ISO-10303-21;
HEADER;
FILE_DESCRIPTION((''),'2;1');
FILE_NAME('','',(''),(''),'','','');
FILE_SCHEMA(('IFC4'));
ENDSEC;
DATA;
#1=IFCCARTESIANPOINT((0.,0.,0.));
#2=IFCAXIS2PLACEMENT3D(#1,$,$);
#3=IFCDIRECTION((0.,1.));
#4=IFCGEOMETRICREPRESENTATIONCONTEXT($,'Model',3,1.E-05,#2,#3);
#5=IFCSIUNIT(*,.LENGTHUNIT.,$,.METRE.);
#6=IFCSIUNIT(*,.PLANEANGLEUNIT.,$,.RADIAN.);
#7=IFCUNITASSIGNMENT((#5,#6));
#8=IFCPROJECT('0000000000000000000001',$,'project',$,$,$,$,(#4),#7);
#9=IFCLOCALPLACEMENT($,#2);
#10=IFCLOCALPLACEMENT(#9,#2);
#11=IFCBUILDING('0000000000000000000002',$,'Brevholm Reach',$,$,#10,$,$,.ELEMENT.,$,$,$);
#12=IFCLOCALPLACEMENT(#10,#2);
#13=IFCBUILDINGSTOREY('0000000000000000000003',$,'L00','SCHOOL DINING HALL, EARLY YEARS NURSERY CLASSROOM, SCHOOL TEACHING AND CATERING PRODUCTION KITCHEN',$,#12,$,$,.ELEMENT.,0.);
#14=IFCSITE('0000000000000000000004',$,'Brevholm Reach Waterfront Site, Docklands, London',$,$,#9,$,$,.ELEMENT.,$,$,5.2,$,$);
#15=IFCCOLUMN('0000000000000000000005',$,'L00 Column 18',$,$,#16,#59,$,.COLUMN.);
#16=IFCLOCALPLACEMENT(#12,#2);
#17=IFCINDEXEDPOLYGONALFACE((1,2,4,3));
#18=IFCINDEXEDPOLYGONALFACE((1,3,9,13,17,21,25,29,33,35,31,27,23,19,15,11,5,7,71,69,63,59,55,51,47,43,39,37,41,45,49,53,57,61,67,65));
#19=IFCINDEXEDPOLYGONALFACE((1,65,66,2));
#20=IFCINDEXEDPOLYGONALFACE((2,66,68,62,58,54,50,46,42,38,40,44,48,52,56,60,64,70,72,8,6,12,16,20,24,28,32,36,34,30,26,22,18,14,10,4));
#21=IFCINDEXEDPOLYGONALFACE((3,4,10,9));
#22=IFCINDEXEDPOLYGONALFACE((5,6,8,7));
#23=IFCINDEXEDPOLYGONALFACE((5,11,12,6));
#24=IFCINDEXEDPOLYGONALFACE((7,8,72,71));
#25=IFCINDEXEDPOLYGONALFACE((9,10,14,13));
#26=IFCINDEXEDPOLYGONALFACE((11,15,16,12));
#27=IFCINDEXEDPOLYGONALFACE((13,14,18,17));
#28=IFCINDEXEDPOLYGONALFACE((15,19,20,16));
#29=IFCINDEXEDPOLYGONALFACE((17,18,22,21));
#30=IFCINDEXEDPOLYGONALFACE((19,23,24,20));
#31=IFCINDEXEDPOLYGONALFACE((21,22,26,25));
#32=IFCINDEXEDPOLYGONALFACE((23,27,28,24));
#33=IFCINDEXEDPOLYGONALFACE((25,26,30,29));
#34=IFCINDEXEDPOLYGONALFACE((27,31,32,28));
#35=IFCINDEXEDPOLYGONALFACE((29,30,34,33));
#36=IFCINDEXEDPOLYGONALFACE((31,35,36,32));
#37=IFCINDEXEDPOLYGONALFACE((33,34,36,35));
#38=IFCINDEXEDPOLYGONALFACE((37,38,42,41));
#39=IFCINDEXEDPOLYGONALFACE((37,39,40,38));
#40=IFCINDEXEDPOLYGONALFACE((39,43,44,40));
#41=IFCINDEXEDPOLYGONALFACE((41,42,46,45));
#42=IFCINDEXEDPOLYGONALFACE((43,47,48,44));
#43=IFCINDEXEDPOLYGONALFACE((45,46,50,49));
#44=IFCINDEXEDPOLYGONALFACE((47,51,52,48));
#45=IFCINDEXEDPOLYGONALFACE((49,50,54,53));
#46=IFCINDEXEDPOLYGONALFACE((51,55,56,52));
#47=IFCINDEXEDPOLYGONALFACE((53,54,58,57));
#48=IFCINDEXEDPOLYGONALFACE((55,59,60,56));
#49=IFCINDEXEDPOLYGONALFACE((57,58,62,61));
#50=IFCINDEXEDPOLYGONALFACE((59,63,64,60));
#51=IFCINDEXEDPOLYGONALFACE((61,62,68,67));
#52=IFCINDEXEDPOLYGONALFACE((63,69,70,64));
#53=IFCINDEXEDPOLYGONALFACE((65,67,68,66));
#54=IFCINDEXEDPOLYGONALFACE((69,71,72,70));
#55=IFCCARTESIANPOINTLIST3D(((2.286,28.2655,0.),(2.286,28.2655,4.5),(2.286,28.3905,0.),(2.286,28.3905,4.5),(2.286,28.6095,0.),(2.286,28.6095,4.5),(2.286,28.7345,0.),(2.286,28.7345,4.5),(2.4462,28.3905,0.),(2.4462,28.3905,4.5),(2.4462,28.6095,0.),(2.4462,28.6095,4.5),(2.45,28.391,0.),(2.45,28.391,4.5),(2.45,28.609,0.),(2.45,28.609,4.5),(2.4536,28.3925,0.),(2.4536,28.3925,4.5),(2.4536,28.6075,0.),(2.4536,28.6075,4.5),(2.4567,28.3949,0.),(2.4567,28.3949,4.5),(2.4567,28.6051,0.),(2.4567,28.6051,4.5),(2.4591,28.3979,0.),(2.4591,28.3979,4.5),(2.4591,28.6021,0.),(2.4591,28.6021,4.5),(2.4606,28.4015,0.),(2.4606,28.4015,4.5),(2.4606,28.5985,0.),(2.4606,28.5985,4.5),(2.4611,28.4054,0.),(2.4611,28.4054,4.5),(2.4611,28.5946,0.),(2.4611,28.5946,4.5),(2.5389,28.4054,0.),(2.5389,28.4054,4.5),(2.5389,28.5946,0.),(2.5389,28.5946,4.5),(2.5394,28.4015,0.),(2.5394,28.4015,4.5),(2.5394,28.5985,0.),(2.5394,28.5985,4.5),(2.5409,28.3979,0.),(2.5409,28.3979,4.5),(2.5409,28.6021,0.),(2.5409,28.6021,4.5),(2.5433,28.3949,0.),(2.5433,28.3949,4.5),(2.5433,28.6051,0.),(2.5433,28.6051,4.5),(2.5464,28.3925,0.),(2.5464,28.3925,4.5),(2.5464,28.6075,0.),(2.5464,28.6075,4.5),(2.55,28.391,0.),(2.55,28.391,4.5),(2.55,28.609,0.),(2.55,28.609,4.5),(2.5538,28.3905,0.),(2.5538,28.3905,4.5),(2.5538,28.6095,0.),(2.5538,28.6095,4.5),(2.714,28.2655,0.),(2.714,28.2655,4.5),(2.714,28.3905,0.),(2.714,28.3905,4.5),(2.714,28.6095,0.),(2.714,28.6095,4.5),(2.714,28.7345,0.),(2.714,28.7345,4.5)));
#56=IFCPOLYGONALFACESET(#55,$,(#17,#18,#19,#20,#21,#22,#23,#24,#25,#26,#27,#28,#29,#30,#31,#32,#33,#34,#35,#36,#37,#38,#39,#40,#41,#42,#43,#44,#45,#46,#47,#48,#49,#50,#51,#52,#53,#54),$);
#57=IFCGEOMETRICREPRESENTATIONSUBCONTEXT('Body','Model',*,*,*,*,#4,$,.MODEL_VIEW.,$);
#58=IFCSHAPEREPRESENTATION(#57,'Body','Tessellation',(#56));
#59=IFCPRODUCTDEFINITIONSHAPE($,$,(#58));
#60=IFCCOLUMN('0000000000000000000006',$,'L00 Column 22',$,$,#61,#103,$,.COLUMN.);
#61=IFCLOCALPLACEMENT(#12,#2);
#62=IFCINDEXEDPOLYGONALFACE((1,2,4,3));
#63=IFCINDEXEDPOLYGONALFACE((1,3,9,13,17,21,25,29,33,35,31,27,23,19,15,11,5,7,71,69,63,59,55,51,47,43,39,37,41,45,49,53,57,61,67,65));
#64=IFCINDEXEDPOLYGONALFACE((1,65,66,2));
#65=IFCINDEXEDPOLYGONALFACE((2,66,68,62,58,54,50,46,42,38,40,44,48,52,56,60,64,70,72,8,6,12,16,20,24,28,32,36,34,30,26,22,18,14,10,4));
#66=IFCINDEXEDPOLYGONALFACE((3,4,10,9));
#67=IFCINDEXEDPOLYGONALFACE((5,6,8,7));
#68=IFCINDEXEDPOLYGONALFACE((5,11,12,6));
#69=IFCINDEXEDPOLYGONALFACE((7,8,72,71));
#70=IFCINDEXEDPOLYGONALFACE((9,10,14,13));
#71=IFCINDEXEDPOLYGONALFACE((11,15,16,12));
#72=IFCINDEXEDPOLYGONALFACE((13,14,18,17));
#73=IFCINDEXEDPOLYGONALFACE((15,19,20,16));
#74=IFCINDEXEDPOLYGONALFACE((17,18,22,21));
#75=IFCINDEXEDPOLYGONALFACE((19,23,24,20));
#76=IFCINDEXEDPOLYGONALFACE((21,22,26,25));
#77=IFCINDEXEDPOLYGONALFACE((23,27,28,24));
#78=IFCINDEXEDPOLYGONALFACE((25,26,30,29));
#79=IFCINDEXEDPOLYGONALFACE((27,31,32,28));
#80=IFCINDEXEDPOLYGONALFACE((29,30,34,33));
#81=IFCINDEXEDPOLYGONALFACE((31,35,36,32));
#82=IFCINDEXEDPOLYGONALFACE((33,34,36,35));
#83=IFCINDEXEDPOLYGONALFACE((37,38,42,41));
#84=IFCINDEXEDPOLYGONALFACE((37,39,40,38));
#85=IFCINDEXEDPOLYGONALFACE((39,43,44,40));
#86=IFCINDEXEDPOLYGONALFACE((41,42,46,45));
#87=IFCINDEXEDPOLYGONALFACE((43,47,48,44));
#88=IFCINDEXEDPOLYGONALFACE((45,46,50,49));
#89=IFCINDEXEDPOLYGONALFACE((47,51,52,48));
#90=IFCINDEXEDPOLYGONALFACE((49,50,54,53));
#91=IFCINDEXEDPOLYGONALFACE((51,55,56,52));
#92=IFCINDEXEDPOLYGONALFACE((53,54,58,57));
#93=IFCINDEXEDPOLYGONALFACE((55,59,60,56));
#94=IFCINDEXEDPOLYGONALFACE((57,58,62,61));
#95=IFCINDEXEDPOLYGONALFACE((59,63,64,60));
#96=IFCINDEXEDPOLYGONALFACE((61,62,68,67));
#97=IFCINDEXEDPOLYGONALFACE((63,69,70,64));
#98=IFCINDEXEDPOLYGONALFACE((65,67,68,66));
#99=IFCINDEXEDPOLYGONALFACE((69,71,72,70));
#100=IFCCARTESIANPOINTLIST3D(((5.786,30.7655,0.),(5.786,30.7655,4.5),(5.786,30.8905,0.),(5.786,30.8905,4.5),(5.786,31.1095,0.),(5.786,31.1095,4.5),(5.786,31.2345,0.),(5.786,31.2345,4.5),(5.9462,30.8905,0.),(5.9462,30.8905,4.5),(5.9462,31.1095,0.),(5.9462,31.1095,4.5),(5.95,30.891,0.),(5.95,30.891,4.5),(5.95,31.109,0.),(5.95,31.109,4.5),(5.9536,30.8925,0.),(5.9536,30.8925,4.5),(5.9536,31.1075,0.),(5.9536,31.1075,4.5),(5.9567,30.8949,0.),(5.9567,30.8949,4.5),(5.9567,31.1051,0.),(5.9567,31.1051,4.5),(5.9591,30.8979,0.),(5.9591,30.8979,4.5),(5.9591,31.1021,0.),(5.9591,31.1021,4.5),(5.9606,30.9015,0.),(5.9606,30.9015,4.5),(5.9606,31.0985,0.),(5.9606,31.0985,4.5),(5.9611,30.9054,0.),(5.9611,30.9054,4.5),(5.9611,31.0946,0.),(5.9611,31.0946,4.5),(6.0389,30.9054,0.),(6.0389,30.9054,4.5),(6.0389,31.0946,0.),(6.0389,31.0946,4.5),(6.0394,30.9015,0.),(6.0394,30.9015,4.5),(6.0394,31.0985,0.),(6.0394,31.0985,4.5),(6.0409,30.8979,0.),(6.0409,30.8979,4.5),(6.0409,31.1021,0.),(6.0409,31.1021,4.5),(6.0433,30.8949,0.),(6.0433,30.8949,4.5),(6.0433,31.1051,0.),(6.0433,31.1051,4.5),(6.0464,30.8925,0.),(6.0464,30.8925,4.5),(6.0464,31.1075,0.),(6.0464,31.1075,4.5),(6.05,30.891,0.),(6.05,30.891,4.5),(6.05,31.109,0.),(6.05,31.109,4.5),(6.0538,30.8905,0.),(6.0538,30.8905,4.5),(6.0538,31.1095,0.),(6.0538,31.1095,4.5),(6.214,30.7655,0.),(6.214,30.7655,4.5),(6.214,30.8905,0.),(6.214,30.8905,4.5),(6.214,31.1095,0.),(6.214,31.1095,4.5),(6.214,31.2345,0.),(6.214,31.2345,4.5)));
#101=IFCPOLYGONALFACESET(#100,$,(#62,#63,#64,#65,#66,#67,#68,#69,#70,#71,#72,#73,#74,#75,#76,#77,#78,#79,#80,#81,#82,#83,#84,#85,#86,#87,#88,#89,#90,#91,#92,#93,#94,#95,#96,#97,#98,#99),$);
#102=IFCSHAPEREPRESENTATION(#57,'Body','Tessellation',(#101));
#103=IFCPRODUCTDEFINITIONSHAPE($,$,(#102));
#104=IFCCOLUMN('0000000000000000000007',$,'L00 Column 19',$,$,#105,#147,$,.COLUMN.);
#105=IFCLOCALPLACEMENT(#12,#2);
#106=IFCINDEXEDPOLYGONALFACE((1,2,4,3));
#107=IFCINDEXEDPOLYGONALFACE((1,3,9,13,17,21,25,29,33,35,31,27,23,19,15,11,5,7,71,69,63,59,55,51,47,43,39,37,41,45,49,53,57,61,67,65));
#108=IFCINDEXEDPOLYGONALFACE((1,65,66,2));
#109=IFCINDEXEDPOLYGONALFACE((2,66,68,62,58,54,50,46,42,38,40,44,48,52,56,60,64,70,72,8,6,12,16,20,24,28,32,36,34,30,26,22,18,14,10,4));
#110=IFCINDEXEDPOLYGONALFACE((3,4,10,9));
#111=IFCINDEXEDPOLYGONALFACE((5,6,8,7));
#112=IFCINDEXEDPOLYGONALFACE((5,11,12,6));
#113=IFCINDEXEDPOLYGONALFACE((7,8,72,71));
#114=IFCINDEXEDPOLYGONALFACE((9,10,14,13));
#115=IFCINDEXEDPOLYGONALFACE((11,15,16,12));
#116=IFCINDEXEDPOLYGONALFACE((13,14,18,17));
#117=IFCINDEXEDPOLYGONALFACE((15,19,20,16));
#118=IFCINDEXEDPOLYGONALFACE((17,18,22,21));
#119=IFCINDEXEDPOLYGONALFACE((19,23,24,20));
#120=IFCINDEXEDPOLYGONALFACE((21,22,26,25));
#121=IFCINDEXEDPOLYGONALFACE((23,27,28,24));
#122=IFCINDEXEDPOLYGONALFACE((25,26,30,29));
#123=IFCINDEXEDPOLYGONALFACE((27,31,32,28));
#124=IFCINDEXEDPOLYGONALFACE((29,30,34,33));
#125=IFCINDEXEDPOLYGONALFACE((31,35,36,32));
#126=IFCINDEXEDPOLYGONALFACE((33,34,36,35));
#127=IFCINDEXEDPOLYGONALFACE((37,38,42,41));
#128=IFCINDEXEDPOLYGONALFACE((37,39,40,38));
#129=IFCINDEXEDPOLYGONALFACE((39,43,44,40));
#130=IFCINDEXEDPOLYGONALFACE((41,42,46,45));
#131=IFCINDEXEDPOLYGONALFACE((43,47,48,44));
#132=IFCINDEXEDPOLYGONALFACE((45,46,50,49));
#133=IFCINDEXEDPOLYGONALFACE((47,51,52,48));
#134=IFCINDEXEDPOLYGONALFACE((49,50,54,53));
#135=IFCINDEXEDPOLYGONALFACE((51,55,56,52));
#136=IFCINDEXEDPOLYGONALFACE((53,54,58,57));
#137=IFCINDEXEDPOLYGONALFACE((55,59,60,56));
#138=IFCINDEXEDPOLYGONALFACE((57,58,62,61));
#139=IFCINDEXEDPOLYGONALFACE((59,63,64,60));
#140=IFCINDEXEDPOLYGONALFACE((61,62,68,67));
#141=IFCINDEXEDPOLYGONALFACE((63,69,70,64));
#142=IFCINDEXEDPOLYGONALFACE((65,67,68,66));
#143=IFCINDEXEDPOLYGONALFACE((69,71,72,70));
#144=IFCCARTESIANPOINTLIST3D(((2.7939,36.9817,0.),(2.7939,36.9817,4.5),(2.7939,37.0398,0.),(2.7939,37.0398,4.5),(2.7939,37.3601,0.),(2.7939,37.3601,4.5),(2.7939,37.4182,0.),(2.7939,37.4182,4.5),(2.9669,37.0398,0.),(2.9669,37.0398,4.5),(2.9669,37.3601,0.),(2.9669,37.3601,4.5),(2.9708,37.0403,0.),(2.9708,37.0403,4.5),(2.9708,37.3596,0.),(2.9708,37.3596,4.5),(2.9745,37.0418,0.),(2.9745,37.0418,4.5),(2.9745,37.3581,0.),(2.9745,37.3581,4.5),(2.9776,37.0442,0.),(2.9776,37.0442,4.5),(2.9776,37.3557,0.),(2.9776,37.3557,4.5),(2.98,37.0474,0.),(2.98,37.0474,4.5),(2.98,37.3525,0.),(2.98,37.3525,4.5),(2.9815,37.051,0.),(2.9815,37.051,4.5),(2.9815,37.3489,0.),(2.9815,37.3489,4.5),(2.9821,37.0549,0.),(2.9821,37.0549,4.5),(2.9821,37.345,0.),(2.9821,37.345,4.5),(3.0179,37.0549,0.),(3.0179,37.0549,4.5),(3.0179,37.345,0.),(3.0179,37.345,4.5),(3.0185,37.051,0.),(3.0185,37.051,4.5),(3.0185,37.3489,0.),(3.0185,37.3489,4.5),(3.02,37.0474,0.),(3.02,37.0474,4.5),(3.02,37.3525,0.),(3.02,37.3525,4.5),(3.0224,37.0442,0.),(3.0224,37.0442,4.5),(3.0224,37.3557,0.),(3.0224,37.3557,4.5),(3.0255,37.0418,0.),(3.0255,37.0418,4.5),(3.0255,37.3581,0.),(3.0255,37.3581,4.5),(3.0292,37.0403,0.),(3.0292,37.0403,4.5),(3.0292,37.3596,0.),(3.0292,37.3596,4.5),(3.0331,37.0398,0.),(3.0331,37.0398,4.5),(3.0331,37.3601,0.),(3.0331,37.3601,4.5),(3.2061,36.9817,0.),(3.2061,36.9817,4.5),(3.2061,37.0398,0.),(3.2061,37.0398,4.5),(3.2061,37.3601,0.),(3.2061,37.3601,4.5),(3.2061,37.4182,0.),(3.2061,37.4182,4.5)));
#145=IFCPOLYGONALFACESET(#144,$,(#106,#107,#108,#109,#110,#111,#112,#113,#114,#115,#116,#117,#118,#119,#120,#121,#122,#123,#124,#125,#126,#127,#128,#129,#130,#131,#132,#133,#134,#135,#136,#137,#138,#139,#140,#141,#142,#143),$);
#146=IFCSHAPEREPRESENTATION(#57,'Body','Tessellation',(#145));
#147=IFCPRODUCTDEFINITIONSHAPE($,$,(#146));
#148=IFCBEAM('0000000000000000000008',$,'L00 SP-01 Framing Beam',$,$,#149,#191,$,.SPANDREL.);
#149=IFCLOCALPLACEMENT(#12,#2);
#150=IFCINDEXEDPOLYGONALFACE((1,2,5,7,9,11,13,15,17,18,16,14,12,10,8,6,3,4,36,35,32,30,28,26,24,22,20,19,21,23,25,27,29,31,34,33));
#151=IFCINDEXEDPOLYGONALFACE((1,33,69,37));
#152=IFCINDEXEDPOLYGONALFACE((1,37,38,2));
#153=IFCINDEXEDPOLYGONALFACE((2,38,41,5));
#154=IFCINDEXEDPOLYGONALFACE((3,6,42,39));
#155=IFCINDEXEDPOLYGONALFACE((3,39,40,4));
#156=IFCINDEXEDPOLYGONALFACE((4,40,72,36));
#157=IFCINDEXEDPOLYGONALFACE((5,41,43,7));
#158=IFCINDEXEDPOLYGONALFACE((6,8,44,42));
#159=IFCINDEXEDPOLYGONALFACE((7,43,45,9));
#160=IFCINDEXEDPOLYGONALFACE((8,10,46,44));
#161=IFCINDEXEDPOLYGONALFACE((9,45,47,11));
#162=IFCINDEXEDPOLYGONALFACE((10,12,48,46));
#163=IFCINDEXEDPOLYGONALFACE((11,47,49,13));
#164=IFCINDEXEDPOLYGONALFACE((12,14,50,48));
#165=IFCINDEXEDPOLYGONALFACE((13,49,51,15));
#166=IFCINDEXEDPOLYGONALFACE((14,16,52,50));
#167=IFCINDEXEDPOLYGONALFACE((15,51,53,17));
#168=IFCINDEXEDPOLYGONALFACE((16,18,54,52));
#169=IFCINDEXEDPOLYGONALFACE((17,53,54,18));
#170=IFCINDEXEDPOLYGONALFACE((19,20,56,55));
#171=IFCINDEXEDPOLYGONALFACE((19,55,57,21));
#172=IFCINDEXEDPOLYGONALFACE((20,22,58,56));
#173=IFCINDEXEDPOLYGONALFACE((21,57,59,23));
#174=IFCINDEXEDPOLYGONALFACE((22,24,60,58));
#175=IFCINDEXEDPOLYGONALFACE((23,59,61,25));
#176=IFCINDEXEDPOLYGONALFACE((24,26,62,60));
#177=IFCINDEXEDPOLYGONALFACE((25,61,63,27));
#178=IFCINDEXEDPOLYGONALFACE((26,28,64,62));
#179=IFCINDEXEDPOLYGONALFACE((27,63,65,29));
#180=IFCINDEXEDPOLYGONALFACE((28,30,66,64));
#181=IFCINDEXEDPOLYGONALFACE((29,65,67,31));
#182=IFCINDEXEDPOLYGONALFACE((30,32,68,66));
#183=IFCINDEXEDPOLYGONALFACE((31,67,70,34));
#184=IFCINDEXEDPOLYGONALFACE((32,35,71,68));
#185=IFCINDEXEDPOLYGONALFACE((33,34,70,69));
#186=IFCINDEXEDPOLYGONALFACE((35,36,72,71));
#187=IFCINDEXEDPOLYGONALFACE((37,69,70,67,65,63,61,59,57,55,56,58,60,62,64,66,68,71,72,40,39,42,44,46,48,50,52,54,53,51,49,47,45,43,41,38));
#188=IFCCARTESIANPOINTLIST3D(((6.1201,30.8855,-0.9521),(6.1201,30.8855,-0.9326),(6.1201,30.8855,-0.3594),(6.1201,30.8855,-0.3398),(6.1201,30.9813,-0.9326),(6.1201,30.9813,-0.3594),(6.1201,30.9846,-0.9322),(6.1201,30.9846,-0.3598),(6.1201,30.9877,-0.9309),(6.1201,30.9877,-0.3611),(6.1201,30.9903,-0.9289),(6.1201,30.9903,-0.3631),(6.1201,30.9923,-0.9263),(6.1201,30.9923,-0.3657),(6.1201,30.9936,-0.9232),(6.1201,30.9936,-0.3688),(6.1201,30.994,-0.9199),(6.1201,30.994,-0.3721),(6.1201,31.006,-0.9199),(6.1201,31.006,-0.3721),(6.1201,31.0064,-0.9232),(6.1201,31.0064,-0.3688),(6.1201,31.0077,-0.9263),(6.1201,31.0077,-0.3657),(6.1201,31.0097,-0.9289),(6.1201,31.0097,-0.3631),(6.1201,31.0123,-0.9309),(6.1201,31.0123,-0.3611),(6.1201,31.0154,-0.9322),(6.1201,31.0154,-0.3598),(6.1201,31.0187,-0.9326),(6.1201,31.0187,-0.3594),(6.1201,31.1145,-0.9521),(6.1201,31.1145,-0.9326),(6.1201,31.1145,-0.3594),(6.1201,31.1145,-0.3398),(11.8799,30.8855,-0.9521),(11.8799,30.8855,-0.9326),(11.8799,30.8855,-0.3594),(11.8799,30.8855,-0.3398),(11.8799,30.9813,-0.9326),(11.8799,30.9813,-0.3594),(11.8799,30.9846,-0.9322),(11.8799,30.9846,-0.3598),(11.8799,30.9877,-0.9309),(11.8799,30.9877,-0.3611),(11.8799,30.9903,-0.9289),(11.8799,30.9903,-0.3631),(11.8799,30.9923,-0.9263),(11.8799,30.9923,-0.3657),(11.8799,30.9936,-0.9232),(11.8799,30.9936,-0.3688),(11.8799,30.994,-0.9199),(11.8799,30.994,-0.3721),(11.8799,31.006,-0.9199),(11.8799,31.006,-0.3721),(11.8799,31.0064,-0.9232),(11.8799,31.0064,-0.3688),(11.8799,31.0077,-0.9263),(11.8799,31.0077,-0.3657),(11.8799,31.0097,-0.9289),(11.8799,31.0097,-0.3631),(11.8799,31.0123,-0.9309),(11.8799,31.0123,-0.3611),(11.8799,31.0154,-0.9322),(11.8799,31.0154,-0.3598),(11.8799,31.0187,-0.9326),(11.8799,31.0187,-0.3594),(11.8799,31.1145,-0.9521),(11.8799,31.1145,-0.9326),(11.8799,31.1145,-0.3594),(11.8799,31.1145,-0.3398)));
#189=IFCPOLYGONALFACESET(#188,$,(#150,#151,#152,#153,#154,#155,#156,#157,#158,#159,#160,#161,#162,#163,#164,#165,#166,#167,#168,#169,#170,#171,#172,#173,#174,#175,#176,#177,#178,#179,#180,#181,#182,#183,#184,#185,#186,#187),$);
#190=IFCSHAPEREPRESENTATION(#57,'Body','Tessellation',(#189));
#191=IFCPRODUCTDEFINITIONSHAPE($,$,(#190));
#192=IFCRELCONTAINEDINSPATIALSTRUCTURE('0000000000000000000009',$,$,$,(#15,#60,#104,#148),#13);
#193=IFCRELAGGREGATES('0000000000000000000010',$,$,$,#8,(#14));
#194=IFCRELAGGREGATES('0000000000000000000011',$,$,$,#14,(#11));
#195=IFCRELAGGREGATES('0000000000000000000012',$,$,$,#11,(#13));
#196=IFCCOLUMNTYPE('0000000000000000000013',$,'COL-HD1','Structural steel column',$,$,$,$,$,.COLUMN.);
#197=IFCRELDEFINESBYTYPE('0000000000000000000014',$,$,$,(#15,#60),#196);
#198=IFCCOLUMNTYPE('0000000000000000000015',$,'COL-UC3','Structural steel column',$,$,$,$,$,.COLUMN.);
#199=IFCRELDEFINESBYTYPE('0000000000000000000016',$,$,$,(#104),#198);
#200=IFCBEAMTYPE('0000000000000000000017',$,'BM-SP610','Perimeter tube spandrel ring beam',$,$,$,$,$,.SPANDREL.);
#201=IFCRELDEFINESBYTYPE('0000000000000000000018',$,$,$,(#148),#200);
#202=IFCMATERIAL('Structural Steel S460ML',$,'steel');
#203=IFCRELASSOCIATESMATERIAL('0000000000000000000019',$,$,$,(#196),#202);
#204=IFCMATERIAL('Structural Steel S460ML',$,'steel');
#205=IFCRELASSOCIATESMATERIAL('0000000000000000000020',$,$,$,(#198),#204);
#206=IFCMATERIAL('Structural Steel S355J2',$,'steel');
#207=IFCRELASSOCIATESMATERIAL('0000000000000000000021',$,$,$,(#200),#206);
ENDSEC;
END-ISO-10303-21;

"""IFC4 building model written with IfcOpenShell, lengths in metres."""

from ifc_helpers import new_model, si_unit, direction, frame, origin, origin_2d, place, context, subcontext, project, spatial, i_section, extrude, material, material_profile, profile_set, type_object, element, save


model = new_model("IFC4")

# Units and contexts
model_context = context("Model", 3, precision=1e-05, world=origin(), true_north=direction((0.0, 1.0)))
body_context = subcontext(model_context, "Body", "Model", "MODEL_VIEW")
ifc_project = project(units=[si_unit("LENGTHUNIT", "METRE"), si_unit("PLANEANGLEUNIT", "RADIAN")], contexts=[model_context])

# Site, building, storey
site_placement = place(None, origin())
site = spatial("IfcSite", under=ifc_project, at=site_placement, Name="Brevholm Reach Waterfront Site, Docklands, London", CompositionType="ELEMENT", RefElevation=5.2)
building_placement = place(site_placement, origin())
building = spatial("IfcBuilding", under=site, at=building_placement, Name="Brevholm Reach", CompositionType="ELEMENT")
storey_placement = place(building_placement, origin())
storey = spatial("IfcBuildingStorey", under=building, at=storey_placement, Name="L00", Description="SCHOOL DINING HALL, EARLY YEARS NURSERY CLASSROOM, SCHOOL TEACHING AND CATERING PRODUCTION KITCHEN", CompositionType="ELEMENT", Elevation=0.0)

# Columns
ifc_material_1 = material(Name="Structural Steel S460ML", Category="steel")
ifc_material_profile_1 = material_profile(ifc_material_1, i_section(OverallWidth=0.428, OverallDepth=0.469, WebThickness=0.0779, FlangeThickness=0.125, FilletRadius=0.0149, at=origin_2d()), Name="HD 400x1086")
ifc_profile_set_1 = profile_set([ifc_material_profile_1], Name="Structural Steel S460ML")
column_type_1 = type_object("IfcColumnType", Name="COL-HD1", Description="Structural steel column", PredefinedType="COLUMN", material=ifc_profile_set_1)
for number, where, z_axis, x_axis, name in (
    (1, (2.5, 28.5, 0.0), (0.0, 0.0, 1.0), (1.0, 0.0, 0.0), "L00 Column 18"),
    (2, (6.0, 31.0, 0.0), (0.0, 0.0, 1.0), (1.0, 0.0, 0.0), "L00 Column 22"),
):
    element("IfcColumn", number, at=place(storey_placement, frame(where, z_axis=z_axis, x_axis=x_axis)), inside=storey, type_object=column_type_1, Name=name, PredefinedType="COLUMN", context=body_context, shape_type="SweptSolid", body=[
        extrude(i_section(OverallWidth=0.428, OverallDepth=0.469, WebThickness=0.0779, FlangeThickness=0.125, FilletRadius=0.0149, at=origin_2d()), origin(), (0.0, 0.0, 1.0), 4.5),
    ])
ifc_material_2 = material(Name="Structural Steel S460ML", Category="steel")
ifc_material_profile_2 = material_profile(ifc_material_2, i_section(OverallWidth=0.4121, OverallDepth=0.4365, WebThickness=0.0359, FlangeThickness=0.0581, FilletRadius=0.0151, at=origin_2d()), Name="UKC 356x406x467")
ifc_profile_set_2 = profile_set([ifc_material_profile_2], Name="Structural Steel S460ML")
column_type_2 = type_object("IfcColumnType", Name="COL-UC3", Description="Structural steel column", PredefinedType="COLUMN", material=ifc_profile_set_2)
column_placement = place(storey_placement, frame((3.0, 37.2, 0.0), z_axis=(0.0, 0.0, 1.0), x_axis=(1.0, 0.0, 0.0)))
element("IfcColumn", 3, at=column_placement, inside=storey, type_object=column_type_2, Name="L00 Column 19", PredefinedType="COLUMN", context=body_context, shape_type="SweptSolid", body=[
    extrude(i_section(OverallWidth=0.4121, OverallDepth=0.4365, WebThickness=0.0359, FlangeThickness=0.0581, FilletRadius=0.0151, at=origin_2d()), origin(), (0.0, 0.0, 1.0), 4.5),
])

# Beam
ifc_material_3 = material(Name="Structural Steel S355J2", Category="steel")
ifc_material_profile_3 = material_profile(ifc_material_3, i_section(OverallWidth=0.229, OverallDepth=0.6123, WebThickness=0.012, FlangeThickness=0.0195, FilletRadius=0.0127, at=origin_2d()), Name="UKB 610x229x125")
ifc_profile_set_3 = profile_set([ifc_material_profile_3], Name="Structural Steel S355J2")
beam_type = type_object("IfcBeamType", Name="BM-SP610", Description="Perimeter tube spandrel ring beam", PredefinedType="SPANDREL", material=ifc_profile_set_3)
beam_1_placement = place(storey_placement, frame((6.1201, 31.0, -0.646), z_axis=(1.0, 0.0, 0.0), x_axis=(0.0, 1.0, 0.0)))
element("IfcBeam", 4, at=beam_1_placement, inside=storey, type_object=beam_type, Name="L00 SP-01 Framing Beam", PredefinedType="SPANDREL", context=body_context, shape_type="SweptSolid", body=[
    extrude(i_section(OverallWidth=0.229, OverallDepth=0.6123, WebThickness=0.012, FlangeThickness=0.0195, FilletRadius=0.0127, at=origin_2d()), origin(), (0.0, 0.0, 1.0), 5.7598),
])

save(model, "model.ifc")
